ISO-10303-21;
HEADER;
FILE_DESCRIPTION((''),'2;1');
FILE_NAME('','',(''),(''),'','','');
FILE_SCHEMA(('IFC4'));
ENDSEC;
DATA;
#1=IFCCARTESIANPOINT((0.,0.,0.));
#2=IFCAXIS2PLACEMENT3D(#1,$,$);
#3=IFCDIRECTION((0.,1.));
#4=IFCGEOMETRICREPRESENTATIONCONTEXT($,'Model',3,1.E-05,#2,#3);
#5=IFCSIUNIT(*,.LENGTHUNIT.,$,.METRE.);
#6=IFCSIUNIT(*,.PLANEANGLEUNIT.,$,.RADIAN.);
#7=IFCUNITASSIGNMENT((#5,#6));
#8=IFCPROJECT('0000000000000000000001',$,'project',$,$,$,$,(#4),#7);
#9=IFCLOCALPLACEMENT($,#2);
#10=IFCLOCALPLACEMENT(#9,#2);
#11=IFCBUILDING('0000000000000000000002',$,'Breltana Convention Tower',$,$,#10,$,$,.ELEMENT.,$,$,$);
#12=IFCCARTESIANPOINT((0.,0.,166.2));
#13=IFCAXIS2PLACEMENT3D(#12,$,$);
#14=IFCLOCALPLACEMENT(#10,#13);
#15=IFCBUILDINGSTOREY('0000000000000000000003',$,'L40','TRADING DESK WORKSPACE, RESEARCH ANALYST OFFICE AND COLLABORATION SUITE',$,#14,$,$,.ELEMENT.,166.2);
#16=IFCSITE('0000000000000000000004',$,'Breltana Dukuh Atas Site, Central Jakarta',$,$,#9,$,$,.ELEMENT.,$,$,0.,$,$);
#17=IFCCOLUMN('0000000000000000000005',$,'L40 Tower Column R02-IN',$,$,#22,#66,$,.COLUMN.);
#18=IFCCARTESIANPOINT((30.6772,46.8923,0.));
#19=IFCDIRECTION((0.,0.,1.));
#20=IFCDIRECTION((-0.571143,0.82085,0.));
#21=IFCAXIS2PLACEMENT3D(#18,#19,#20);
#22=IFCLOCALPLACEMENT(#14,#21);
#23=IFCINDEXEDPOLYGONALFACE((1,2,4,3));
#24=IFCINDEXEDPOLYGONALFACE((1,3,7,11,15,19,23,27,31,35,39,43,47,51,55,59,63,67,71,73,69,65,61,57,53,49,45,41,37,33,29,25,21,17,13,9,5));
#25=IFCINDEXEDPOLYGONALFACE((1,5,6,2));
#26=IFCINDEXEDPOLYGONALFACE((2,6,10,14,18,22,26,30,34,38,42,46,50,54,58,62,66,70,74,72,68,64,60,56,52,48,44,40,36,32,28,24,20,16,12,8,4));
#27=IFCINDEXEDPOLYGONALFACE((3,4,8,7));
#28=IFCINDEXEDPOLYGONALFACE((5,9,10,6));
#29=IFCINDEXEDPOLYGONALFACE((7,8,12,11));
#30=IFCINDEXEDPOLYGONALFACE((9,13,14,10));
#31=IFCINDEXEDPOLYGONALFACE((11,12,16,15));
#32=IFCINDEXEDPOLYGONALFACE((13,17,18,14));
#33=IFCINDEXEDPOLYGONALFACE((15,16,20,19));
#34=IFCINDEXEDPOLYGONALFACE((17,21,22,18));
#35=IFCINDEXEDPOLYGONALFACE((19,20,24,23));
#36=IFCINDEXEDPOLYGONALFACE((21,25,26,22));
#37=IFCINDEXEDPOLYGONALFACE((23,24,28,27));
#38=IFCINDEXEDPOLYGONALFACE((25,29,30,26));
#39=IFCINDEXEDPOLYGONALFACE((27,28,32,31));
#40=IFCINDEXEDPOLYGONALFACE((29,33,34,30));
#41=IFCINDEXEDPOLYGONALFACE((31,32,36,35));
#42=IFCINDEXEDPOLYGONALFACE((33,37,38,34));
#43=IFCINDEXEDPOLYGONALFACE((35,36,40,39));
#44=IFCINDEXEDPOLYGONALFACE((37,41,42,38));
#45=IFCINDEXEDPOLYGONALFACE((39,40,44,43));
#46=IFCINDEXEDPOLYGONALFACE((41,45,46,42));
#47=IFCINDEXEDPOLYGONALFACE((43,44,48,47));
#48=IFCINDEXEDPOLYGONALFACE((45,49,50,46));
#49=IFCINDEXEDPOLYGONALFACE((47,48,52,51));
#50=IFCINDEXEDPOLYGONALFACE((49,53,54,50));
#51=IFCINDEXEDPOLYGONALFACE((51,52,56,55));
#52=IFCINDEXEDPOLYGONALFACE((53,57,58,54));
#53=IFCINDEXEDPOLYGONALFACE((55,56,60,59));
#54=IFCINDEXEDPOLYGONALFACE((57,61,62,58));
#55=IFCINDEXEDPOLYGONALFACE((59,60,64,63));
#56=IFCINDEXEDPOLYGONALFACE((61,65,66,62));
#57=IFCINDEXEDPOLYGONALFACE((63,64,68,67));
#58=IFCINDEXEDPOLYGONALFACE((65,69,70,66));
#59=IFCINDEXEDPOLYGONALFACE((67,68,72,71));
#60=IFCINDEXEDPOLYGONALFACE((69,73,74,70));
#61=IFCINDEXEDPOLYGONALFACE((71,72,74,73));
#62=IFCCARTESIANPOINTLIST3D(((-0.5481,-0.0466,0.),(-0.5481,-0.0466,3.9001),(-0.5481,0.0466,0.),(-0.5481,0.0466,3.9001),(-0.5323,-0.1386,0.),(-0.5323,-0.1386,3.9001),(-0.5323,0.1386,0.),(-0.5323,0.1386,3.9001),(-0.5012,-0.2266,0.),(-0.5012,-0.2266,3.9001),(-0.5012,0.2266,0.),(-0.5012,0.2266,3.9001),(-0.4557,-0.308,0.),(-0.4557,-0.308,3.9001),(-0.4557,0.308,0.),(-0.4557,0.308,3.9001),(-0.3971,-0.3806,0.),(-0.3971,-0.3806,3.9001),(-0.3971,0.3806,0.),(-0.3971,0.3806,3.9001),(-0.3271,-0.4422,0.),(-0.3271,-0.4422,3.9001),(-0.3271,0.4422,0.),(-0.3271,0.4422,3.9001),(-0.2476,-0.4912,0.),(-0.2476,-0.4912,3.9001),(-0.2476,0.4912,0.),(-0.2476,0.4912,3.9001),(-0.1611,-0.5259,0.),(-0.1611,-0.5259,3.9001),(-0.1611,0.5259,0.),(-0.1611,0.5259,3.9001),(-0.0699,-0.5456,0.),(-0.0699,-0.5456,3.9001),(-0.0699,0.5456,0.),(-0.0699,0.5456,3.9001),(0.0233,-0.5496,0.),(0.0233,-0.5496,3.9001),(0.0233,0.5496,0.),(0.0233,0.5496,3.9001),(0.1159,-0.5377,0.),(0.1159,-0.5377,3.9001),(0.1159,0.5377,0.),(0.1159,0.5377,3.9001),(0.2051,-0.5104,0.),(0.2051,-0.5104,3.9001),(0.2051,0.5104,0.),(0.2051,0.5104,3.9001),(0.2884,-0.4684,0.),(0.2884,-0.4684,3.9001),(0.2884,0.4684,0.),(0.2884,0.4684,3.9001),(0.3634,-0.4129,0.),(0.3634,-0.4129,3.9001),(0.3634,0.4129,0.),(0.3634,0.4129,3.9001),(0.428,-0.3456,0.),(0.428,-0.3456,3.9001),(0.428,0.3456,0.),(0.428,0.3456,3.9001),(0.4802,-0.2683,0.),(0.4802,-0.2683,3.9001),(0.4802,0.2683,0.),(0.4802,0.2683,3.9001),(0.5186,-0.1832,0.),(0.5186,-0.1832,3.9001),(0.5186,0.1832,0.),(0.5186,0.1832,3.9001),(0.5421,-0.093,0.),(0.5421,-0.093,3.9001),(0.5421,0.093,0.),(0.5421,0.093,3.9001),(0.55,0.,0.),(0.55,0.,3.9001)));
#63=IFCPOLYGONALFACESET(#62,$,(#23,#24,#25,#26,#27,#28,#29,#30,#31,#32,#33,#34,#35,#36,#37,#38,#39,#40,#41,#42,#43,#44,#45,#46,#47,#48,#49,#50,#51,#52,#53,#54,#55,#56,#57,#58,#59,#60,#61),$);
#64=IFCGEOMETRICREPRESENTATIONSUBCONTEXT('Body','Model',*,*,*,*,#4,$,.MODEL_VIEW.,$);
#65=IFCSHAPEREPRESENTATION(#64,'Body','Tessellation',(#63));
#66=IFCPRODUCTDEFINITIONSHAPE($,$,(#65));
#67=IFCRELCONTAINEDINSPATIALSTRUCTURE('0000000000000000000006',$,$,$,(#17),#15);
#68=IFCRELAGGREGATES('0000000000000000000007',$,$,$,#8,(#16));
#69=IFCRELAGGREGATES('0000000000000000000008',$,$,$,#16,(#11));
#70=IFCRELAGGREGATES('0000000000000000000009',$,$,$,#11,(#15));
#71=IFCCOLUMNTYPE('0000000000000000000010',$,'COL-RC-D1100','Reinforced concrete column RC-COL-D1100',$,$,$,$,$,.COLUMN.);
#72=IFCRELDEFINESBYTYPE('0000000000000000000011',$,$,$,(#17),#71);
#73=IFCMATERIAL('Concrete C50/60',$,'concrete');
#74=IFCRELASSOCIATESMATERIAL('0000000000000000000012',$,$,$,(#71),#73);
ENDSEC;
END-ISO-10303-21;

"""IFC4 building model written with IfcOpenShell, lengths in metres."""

from ifc_helpers import new_model, si_unit, direction, frame, origin, origin_2d, place, context, subcontext, project, spatial, circle, extrude, source, transform, mapped, material, material_profile, profile_set, type_object, element, save


model = new_model("IFC4")

# Units and contexts
model_context = context("Model", 3, precision=1e-05, world=origin(), true_north=direction((0.0, 1.0)))
body_context = subcontext(model_context, "Body", "Model", "MODEL_VIEW")
ifc_project = project(units=[si_unit("LENGTHUNIT", "METRE"), si_unit("PLANEANGLEUNIT", "RADIAN")], contexts=[model_context])

# Site, building, storey
site_placement = place(None, origin())
site = spatial("IfcSite", under=ifc_project, at=site_placement, Name="Breltana Dukuh Atas Site, Central Jakarta", CompositionType="ELEMENT", RefElevation=0.0)
building_placement = place(site_placement, origin())
building = spatial("IfcBuilding", under=site, at=building_placement, Name="Breltana Convention Tower", CompositionType="ELEMENT")
storey_placement = place(building_placement, frame((0.0, 0.0, 166.2)))
storey = spatial("IfcBuildingStorey", under=building, at=storey_placement, Name="L40", Description="TRADING DESK WORKSPACE, RESEARCH ANALYST OFFICE AND COLLABORATION SUITE", CompositionType="ELEMENT", Elevation=166.2)

# Column
ifc_material_1 = material(Name="Concrete C50/60", Category="concrete")
ifc_material_profile_1 = material_profile(ifc_material_1, circle(Radius=0.55, at=origin_2d()), Name="RC-COL-D1100")
ifc_profile_set_1 = profile_set([ifc_material_profile_1], Name="Concrete C50/60")
column_type = type_object("IfcColumnType", Name="COL-RC-D1100", Description="Reinforced concrete column RC-COL-D1100", PredefinedType="COLUMN", material=ifc_profile_set_1)
shared_shape_1 = source(origin(), body_context, "Body", "SweptSolid", [
    extrude(circle(Radius=0.55, at=origin_2d()), origin(), (0.0, 0.0, 1.0), 3.9001),
])
for number, where, z_axis, x_axis, name in (
    (1, (30.6772, 46.8923, 0.0), (0.0, 0.0, 1.0), (-0.571143, 0.82085, 0.0), "L40 Tower Column R02-IN"),
):
    element("IfcColumn", number, at=place(storey_placement, frame(where, z_axis=z_axis, x_axis=x_axis)), inside=storey, type_object=column_type, Name=name, PredefinedType="COLUMN", context=body_context, shape_type="MappedRepresentation", body=[
        mapped(shared_shape_1, transform((0.0, 0.0, 0.0), scale=1.0)),
    ])

save(model, "model.ifc")
